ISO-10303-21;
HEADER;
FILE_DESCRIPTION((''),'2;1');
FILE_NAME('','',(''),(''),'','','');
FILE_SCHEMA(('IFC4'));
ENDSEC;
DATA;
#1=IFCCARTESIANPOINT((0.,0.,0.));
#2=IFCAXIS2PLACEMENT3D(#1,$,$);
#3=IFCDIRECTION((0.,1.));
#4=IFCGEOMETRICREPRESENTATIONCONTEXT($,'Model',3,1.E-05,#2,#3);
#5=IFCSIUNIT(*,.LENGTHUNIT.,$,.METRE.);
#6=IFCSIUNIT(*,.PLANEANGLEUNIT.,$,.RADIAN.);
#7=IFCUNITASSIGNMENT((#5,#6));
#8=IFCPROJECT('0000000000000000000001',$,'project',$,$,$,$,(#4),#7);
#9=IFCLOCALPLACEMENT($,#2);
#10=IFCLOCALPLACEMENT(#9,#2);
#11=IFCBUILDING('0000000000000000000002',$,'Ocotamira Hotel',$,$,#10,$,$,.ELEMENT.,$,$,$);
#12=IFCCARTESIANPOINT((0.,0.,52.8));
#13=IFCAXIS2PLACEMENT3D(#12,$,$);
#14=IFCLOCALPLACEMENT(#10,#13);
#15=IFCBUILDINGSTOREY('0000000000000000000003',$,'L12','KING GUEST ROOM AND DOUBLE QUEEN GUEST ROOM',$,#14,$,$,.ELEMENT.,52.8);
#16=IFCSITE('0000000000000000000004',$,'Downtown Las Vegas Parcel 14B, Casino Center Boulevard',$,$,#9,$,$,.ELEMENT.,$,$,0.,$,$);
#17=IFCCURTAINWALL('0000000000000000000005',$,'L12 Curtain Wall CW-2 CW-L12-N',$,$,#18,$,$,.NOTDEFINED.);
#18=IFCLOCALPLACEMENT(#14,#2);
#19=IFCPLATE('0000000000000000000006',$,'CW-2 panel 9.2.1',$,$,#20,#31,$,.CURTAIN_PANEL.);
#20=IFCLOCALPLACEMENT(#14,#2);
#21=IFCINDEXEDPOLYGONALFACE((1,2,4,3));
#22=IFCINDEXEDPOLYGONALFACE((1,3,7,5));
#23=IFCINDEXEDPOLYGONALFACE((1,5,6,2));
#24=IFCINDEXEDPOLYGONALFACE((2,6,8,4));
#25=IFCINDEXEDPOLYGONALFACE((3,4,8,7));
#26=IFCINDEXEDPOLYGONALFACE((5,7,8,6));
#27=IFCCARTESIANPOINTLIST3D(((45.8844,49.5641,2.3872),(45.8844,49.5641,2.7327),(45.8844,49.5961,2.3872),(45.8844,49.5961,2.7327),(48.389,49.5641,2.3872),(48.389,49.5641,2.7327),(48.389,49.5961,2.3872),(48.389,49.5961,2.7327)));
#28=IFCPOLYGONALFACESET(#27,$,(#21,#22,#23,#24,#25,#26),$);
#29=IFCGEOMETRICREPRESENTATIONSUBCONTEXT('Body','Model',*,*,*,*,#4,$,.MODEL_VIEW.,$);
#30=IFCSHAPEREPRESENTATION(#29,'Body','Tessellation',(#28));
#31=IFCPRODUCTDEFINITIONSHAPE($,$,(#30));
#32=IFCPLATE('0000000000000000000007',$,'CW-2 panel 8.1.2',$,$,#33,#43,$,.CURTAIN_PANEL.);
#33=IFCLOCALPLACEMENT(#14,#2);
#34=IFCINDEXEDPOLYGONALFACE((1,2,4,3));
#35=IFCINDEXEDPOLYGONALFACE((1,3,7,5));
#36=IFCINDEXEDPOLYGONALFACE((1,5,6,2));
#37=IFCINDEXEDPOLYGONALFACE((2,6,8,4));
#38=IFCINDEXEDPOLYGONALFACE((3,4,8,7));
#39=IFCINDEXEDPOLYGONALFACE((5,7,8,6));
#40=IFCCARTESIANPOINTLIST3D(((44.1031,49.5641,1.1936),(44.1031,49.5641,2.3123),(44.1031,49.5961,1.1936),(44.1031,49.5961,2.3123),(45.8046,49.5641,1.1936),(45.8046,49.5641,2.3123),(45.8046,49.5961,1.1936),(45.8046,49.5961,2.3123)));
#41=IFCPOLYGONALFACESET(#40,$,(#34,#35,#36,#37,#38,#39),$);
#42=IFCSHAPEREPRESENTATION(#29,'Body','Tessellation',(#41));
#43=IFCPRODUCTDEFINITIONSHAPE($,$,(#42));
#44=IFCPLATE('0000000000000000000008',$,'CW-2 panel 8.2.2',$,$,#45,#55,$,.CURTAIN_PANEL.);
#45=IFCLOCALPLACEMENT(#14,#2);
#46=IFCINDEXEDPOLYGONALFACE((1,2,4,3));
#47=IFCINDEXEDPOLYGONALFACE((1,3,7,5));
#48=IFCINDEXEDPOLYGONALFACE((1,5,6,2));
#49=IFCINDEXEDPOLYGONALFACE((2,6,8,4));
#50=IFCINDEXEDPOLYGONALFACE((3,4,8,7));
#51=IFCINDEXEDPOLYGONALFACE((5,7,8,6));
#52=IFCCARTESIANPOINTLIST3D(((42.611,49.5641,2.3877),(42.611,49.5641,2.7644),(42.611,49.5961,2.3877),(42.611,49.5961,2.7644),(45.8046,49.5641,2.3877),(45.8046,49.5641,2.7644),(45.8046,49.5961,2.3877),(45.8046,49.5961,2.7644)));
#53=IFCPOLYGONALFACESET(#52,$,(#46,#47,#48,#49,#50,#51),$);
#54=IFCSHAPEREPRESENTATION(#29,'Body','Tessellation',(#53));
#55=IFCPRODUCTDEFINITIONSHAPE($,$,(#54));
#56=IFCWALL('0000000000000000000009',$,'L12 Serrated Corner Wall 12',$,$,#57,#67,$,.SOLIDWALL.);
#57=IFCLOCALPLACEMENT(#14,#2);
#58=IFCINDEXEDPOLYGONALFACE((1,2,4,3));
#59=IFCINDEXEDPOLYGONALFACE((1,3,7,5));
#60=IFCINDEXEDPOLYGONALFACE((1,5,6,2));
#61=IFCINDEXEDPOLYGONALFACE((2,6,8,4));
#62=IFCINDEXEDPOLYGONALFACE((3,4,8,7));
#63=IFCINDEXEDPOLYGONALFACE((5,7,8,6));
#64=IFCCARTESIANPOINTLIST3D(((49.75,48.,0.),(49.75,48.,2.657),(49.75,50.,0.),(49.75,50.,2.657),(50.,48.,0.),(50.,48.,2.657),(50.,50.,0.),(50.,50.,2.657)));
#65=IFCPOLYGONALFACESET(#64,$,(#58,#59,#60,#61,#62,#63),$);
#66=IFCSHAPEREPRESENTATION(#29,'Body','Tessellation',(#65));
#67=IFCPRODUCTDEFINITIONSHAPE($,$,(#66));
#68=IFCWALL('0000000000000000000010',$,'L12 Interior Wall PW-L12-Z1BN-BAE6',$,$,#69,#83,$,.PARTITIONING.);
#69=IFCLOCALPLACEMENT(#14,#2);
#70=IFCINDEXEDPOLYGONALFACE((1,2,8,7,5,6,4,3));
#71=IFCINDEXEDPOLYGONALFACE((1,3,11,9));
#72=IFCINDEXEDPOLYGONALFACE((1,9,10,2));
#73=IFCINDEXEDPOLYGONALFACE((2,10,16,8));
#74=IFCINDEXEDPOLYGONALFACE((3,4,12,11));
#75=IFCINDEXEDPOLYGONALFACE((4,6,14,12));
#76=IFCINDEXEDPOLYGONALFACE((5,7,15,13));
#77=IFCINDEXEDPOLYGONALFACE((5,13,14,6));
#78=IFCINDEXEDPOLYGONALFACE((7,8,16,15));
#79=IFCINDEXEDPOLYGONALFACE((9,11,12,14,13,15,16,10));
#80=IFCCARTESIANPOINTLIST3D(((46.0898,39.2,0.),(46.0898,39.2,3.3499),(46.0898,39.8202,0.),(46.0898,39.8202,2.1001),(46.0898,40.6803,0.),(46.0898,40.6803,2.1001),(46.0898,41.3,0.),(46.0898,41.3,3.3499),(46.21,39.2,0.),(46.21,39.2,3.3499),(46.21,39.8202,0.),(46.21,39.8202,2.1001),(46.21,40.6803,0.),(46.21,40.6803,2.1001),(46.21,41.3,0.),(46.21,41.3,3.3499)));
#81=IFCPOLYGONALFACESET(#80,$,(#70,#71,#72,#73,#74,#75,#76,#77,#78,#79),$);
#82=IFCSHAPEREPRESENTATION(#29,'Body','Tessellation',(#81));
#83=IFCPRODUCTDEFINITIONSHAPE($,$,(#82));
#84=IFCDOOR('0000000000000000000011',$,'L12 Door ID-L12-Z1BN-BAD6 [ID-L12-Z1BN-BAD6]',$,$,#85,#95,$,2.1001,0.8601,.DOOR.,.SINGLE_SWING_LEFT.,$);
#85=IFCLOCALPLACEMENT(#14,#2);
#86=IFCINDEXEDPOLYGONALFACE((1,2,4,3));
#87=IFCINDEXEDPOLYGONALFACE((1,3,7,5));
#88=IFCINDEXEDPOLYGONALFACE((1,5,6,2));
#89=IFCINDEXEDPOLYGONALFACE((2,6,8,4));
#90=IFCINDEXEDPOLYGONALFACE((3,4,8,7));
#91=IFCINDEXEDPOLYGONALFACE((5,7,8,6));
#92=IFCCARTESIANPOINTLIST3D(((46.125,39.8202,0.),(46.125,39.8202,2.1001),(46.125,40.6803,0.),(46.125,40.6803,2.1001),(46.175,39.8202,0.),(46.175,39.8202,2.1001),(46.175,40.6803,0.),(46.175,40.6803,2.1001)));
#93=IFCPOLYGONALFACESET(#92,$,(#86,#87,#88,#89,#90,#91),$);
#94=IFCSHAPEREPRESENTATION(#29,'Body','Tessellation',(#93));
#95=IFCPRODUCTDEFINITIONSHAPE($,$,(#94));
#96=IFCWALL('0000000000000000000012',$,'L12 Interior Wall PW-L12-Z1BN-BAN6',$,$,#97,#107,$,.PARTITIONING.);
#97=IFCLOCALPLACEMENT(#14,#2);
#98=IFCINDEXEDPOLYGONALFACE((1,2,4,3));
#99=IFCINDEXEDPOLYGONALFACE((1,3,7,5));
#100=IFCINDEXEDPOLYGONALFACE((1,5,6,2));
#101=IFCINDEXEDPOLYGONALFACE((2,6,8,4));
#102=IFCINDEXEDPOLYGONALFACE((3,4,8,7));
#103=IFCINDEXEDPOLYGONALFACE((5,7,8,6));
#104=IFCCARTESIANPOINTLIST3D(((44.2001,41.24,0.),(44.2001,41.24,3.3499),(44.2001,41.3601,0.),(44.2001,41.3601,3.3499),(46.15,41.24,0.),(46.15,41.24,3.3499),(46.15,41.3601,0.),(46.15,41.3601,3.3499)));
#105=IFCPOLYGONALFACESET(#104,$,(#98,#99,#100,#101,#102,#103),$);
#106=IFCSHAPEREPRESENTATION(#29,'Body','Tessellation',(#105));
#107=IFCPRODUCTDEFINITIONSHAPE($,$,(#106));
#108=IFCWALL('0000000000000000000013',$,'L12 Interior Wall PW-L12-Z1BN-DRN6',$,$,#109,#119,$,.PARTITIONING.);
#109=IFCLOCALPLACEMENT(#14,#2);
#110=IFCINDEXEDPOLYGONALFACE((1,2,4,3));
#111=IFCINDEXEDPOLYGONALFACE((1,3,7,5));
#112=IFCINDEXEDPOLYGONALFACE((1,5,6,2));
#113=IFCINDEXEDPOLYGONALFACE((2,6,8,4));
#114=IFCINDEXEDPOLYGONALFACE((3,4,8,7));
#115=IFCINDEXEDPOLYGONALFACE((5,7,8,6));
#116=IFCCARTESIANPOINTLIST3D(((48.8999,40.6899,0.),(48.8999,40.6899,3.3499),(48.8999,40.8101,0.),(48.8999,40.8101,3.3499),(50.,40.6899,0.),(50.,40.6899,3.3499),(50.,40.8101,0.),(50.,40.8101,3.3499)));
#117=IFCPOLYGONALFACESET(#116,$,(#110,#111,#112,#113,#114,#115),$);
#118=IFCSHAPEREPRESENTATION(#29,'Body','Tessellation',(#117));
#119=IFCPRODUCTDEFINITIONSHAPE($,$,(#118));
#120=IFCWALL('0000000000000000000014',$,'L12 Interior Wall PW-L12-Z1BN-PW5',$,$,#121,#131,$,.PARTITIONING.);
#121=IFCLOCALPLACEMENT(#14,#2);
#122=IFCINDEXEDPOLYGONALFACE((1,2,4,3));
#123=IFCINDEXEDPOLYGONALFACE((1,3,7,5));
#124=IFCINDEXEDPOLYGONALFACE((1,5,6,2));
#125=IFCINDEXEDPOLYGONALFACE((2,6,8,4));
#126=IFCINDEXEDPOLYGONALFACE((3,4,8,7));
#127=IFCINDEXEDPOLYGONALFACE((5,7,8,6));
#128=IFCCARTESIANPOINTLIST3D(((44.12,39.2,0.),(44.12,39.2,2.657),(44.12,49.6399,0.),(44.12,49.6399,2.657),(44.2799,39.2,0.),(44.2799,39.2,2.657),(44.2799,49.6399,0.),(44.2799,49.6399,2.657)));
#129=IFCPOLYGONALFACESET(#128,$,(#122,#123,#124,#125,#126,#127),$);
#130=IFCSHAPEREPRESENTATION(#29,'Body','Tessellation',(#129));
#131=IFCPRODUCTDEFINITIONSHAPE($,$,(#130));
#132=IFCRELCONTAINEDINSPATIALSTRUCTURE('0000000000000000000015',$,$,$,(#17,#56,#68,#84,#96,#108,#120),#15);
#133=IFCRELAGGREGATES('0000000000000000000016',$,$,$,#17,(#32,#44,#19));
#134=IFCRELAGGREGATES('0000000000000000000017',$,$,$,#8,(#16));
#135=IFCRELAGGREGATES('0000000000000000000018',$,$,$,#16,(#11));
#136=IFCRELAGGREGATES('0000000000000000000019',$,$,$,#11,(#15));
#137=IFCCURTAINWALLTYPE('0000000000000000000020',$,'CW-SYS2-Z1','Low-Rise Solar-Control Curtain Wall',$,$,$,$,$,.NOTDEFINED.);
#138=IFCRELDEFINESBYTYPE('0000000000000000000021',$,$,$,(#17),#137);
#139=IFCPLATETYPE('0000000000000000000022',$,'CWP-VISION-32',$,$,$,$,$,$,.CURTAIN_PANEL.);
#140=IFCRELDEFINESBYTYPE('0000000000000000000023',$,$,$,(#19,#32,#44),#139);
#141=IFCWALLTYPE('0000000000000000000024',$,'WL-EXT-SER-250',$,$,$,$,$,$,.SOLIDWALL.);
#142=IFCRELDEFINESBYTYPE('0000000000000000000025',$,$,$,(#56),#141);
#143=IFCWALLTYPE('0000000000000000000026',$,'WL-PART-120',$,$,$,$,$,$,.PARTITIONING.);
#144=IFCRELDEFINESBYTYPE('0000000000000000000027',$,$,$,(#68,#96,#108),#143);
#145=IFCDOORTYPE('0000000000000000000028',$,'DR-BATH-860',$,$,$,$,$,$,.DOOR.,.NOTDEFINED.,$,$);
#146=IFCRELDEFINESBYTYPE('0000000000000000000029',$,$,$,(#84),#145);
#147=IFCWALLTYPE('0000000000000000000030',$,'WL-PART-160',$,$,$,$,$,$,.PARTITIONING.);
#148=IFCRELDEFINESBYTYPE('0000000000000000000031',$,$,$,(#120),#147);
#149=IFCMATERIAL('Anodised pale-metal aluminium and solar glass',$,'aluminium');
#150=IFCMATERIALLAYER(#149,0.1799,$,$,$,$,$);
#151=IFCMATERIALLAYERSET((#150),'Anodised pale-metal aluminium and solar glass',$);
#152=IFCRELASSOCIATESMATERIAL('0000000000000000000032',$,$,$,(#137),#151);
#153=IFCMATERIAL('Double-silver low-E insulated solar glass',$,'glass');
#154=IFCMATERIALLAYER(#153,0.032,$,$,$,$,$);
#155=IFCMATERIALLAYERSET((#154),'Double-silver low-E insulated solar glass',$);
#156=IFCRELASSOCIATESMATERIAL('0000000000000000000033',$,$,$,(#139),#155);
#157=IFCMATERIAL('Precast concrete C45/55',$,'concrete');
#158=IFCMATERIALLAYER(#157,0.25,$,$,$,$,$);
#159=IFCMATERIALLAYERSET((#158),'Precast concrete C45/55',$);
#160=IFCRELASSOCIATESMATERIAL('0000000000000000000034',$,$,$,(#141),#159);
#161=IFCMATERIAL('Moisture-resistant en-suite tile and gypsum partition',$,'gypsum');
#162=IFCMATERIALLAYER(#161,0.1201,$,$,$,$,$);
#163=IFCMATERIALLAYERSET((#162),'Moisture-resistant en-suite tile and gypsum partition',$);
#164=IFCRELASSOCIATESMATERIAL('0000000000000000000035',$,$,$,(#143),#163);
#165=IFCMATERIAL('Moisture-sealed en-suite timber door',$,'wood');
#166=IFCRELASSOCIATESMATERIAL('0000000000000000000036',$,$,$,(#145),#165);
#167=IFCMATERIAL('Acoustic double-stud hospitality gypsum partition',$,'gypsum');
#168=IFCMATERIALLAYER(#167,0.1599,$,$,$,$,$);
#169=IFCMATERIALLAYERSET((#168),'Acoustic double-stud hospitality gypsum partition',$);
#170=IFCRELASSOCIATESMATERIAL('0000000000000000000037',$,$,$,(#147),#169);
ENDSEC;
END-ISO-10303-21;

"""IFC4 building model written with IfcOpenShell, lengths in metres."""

from ifc_helpers import new_model, si_unit, direction, frame, frame_2d, origin, origin_2d, place, context, subcontext, project, spatial, rectangle, extrude, source, transform, mapped, material, layer, layer_set, type_object, element, fill, aggregate, save


model = new_model("IFC4")

# Units and contexts
model_context = context("Model", 3, precision=1e-05, world=origin(), true_north=direction((0.0, 1.0)))
body_context = subcontext(model_context, "Body", "Model", "MODEL_VIEW")
ifc_project = project(units=[si_unit("LENGTHUNIT", "METRE"), si_unit("PLANEANGLEUNIT", "RADIAN")], contexts=[model_context])

# Site, building, storey
site_placement = place(None, origin())
site = spatial("IfcSite", under=ifc_project, at=site_placement, Name="Downtown Las Vegas Parcel 14B, Casino Center Boulevard", CompositionType="ELEMENT", RefElevation=0.0)
building_placement = place(site_placement, origin())
building = spatial("IfcBuilding", under=site, at=building_placement, Name="Ocotamira Hotel", CompositionType="ELEMENT")
storey_placement = place(building_placement, frame((0.0, 0.0, 52.8)))
storey = spatial("IfcBuildingStorey", under=building, at=storey_placement, Name="L12", Description="KING GUEST ROOM AND DOUBLE QUEEN GUEST ROOM", CompositionType="ELEMENT", Elevation=52.8)

# Curtain wall, plates
ifc_material_1 = material(Name="Anodised pale-metal aluminium and solar glass", Category="aluminium")
ifc_layer_1 = layer(ifc_material_1, 0.1799)
ifc_layer_set_1 = layer_set([ifc_layer_1], Name="Anodised pale-metal aluminium and solar glass")
curtain_wall_type = type_object("IfcCurtainWallType", Name="CW-SYS2-Z1", Description="Low-Rise Solar-Control Curtain Wall", PredefinedType="NOTDEFINED", material=ifc_layer_set_1)
curtain_wall_placement = place(storey_placement, origin())
curtain_wall = element("IfcCurtainWall", 1, at=curtain_wall_placement, inside=storey, type_object=curtain_wall_type, Name="L12 Curtain Wall CW-2 CW-L12-N", PredefinedType="NOTDEFINED")
ifc_material_2 = material(Name="Double-silver low-E insulated solar glass", Category="glass")
ifc_layer_2 = layer(ifc_material_2, 0.032)
ifc_layer_set_2 = layer_set([ifc_layer_2], Name="Double-silver low-E insulated solar glass")
plate_type = type_object("IfcPlateType", Name="CWP-VISION-32", PredefinedType="CURTAIN_PANEL", material=ifc_layer_set_2)
shared_shape_1 = source(origin(), body_context, "Body", "SweptSolid", [
    extrude(rectangle(XDim=2.5046, YDim=0.032, at=origin_2d()), origin(), (0.0, 0.0, 1.0), 0.3455),
])
plate_1_placement = place(storey_placement, frame((47.1367, 49.5801, 2.3872), z_axis=(0.0, 0.0, 1.0), x_axis=(1.0, 0.0, 0.0)))
plate_1 = element("IfcPlate", 2, at=plate_1_placement, type_object=plate_type, Name="CW-2 panel 9.2.1", PredefinedType="CURTAIN_PANEL", context=body_context, shape_type="MappedRepresentation", body=[
    mapped(shared_shape_1, transform((0.0, 0.0, 0.0), scale=1.0)),
])
shared_shape_2 = source(origin(), body_context, "Body", "SweptSolid", [
    extrude(rectangle(XDim=1.7014, YDim=0.032, at=origin_2d()), origin(), (0.0, 0.0, 1.0), 1.1187),
])
plate_2_placement = place(storey_placement, frame((44.9539, 49.5801, 1.1936), z_axis=(0.0, 0.0, 1.0), x_axis=(1.0, 0.0, 0.0)))
plate_2 = element("IfcPlate", 3, at=plate_2_placement, type_object=plate_type, Name="CW-2 panel 8.1.2", PredefinedType="CURTAIN_PANEL", context=body_context, shape_type="MappedRepresentation", body=[
    mapped(shared_shape_2, transform((0.0, 0.0, 0.0), scale=1.0)),
])
shared_shape_3 = source(origin(), body_context, "Body", "SweptSolid", [
    extrude(rectangle(XDim=3.1936, YDim=0.032, at=origin_2d()), origin(), (0.0, 0.0, 1.0), 0.3767),
])
plate_3_placement = place(storey_placement, frame((44.2078, 49.5801, 2.3877), z_axis=(0.0, 0.0, 1.0), x_axis=(1.0, 0.0, 0.0)))
plate_3 = element("IfcPlate", 4, at=plate_3_placement, type_object=plate_type, Name="CW-2 panel 8.2.2", PredefinedType="CURTAIN_PANEL", context=body_context, shape_type="MappedRepresentation", body=[
    mapped(shared_shape_3, transform((0.0, 0.0, 0.0), scale=1.0)),
])
aggregate(curtain_wall, [plate_2, plate_3, plate_1])

# Wall
ifc_material_3 = material(Name="Precast concrete C45/55", Category="concrete")
ifc_layer_3 = layer(ifc_material_3, 0.25)
ifc_layer_set_3 = layer_set([ifc_layer_3], Name="Precast concrete C45/55")
wall_type_1 = type_object("IfcWallType", Name="WL-EXT-SER-250", PredefinedType="SOLIDWALL", material=ifc_layer_set_3)
wall_1_placement = place(storey_placement, frame((49.875, 48.0, 0.0), z_axis=(0.0, 0.0, 1.0), x_axis=(0.0, 1.0, 0.0)))
element("IfcWall", 5, at=wall_1_placement, inside=storey, type_object=wall_type_1, Name="L12 Serrated Corner Wall 12", PredefinedType="SOLIDWALL", context=body_context, shape_type="SweptSolid", body=[
    extrude(rectangle(XDim=2.0, YDim=0.25, at=frame_2d((1.0, 0.0))), origin(), (0.0, 0.0, 1.0), 2.657),
])

# Wall, opening, door
ifc_material_4 = material(Name="Moisture-resistant en-suite tile and gypsum partition", Category="gypsum")
ifc_layer_4 = layer(ifc_material_4, 0.1201)
ifc_layer_set_4 = layer_set([ifc_layer_4], Name="Moisture-resistant en-suite tile and gypsum partition")
wall_type_2 = type_object("IfcWallType", Name="WL-PART-120", PredefinedType="PARTITIONING", material=ifc_layer_set_4)
wall_2_placement = place(storey_placement, frame((46.1499, 39.2, 0.0), z_axis=(0.0, 0.0, 1.0), x_axis=(0.0, 1.0, 0.0)))
wall_2 = element("IfcWall", 6, at=wall_2_placement, inside=storey, type_object=wall_type_2, Name="L12 Interior Wall PW-L12-Z1BN-BAE6", PredefinedType="PARTITIONING", context=body_context, shape_type="SweptSolid", body=[
    extrude(rectangle(XDim=2.1001, YDim=0.1201, at=frame_2d((1.05, 0.0))), origin(), (0.0, 0.0, 1.0), 3.3499),
])
opening_placement = place(wall_2_placement, frame((0.6201, 0.0, 0.0)))
opening = element("IfcOpeningElement", 7, at=opening_placement, cuts=wall_2, PredefinedType="OPENING", context=body_context, shape_type="SweptSolid", body=[
    extrude(rectangle(XDim=0.8601, YDim=2.1001, at=frame_2d((0.4302, 1.05))), frame((0.0, 0.0701, 0.0), z_axis=(0.0, -1.0, 0.0), x_axis=(1.0, 0.0, 0.0)), (0.0, 0.0, 1.0), 0.1401),
])
ifc_material_5 = material(Name="Moisture-sealed en-suite timber door", Category="wood")
door_type = type_object("IfcDoorType", Name="DR-BATH-860", OperationType="NOTDEFINED", PredefinedType="DOOR", material=ifc_material_5)
shared_shape_4 = source(origin(), body_context, "Body", "SweptSolid", [
    extrude(rectangle(XDim=0.8601, YDim=2.1001, at=frame_2d((0.4302, 1.05))), frame((0.0, 0.0249, 0.0), z_axis=(0.0, -1.0, 0.0), x_axis=(1.0, 0.0, 0.0)), (0.0, 0.0, 1.0), 0.05),
])
door_placement = place(opening_placement, origin())
door = element("IfcDoor", 8, at=door_placement, inside=storey, type_object=door_type, Name="L12 Door ID-L12-Z1BN-BAD6 [ID-L12-Z1BN-BAD6]", OperationType="SINGLE_SWING_LEFT", OverallHeight=2.1001, OverallWidth=0.8601, PredefinedType="DOOR", context=body_context, shape_type="MappedRepresentation", body=[
    mapped(shared_shape_4, transform((0.0, 0.0, 0.0), scale=1.0)),
])
fill(opening, door)

# Walls
wall_3_placement = place(storey_placement, frame((44.2, 41.3, 0.0), z_axis=(0.0, 0.0, 1.0), x_axis=(1.0, 0.0, 0.0)))
element("IfcWall", 9, at=wall_3_placement, inside=storey, type_object=wall_type_2, Name="L12 Interior Wall PW-L12-Z1BN-BAN6", PredefinedType="PARTITIONING", context=body_context, shape_type="SweptSolid", body=[
    extrude(rectangle(XDim=1.95, YDim=0.1201, at=frame_2d((0.9751, 0.0))), origin(), (0.0, 0.0, 1.0), 3.3499),
])
wall_4_placement = place(storey_placement, frame((48.8999, 40.75, 0.0), z_axis=(0.0, 0.0, 1.0), x_axis=(1.0, 0.0, 0.0)))
element("IfcWall", 10, at=wall_4_placement, inside=storey, type_object=wall_type_2, Name="L12 Interior Wall PW-L12-Z1BN-DRN6", PredefinedType="PARTITIONING", context=body_context, shape_type="SweptSolid", body=[
    extrude(rectangle(XDim=1.1001, YDim=0.1201, at=frame_2d((0.55, 0.0))), origin(), (0.0, 0.0, 1.0), 3.3499),
])
ifc_material_6 = material(Name="Acoustic double-stud hospitality gypsum partition", Category="gypsum")
ifc_layer_5 = layer(ifc_material_6, 0.1599)
ifc_layer_set_5 = layer_set([ifc_layer_5], Name="Acoustic double-stud hospitality gypsum partition")
wall_type_3 = type_object("IfcWallType", Name="WL-PART-160", PredefinedType="PARTITIONING", material=ifc_layer_set_5)
wall_5_placement = place(storey_placement, frame((44.2, 39.2, 0.0), z_axis=(0.0, 0.0, 1.0), x_axis=(0.0, 1.0, 0.0)))
element("IfcWall", 11, at=wall_5_placement, inside=storey, type_object=wall_type_3, Name="L12 Interior Wall PW-L12-Z1BN-PW5", PredefinedType="PARTITIONING", context=body_context, shape_type="SweptSolid", body=[
    extrude(rectangle(XDim=10.4399, YDim=0.1599, at=frame_2d((5.22, 0.0))), origin(), (0.0, 0.0, 1.0), 2.657),
])

save(model, "model.ifc")
